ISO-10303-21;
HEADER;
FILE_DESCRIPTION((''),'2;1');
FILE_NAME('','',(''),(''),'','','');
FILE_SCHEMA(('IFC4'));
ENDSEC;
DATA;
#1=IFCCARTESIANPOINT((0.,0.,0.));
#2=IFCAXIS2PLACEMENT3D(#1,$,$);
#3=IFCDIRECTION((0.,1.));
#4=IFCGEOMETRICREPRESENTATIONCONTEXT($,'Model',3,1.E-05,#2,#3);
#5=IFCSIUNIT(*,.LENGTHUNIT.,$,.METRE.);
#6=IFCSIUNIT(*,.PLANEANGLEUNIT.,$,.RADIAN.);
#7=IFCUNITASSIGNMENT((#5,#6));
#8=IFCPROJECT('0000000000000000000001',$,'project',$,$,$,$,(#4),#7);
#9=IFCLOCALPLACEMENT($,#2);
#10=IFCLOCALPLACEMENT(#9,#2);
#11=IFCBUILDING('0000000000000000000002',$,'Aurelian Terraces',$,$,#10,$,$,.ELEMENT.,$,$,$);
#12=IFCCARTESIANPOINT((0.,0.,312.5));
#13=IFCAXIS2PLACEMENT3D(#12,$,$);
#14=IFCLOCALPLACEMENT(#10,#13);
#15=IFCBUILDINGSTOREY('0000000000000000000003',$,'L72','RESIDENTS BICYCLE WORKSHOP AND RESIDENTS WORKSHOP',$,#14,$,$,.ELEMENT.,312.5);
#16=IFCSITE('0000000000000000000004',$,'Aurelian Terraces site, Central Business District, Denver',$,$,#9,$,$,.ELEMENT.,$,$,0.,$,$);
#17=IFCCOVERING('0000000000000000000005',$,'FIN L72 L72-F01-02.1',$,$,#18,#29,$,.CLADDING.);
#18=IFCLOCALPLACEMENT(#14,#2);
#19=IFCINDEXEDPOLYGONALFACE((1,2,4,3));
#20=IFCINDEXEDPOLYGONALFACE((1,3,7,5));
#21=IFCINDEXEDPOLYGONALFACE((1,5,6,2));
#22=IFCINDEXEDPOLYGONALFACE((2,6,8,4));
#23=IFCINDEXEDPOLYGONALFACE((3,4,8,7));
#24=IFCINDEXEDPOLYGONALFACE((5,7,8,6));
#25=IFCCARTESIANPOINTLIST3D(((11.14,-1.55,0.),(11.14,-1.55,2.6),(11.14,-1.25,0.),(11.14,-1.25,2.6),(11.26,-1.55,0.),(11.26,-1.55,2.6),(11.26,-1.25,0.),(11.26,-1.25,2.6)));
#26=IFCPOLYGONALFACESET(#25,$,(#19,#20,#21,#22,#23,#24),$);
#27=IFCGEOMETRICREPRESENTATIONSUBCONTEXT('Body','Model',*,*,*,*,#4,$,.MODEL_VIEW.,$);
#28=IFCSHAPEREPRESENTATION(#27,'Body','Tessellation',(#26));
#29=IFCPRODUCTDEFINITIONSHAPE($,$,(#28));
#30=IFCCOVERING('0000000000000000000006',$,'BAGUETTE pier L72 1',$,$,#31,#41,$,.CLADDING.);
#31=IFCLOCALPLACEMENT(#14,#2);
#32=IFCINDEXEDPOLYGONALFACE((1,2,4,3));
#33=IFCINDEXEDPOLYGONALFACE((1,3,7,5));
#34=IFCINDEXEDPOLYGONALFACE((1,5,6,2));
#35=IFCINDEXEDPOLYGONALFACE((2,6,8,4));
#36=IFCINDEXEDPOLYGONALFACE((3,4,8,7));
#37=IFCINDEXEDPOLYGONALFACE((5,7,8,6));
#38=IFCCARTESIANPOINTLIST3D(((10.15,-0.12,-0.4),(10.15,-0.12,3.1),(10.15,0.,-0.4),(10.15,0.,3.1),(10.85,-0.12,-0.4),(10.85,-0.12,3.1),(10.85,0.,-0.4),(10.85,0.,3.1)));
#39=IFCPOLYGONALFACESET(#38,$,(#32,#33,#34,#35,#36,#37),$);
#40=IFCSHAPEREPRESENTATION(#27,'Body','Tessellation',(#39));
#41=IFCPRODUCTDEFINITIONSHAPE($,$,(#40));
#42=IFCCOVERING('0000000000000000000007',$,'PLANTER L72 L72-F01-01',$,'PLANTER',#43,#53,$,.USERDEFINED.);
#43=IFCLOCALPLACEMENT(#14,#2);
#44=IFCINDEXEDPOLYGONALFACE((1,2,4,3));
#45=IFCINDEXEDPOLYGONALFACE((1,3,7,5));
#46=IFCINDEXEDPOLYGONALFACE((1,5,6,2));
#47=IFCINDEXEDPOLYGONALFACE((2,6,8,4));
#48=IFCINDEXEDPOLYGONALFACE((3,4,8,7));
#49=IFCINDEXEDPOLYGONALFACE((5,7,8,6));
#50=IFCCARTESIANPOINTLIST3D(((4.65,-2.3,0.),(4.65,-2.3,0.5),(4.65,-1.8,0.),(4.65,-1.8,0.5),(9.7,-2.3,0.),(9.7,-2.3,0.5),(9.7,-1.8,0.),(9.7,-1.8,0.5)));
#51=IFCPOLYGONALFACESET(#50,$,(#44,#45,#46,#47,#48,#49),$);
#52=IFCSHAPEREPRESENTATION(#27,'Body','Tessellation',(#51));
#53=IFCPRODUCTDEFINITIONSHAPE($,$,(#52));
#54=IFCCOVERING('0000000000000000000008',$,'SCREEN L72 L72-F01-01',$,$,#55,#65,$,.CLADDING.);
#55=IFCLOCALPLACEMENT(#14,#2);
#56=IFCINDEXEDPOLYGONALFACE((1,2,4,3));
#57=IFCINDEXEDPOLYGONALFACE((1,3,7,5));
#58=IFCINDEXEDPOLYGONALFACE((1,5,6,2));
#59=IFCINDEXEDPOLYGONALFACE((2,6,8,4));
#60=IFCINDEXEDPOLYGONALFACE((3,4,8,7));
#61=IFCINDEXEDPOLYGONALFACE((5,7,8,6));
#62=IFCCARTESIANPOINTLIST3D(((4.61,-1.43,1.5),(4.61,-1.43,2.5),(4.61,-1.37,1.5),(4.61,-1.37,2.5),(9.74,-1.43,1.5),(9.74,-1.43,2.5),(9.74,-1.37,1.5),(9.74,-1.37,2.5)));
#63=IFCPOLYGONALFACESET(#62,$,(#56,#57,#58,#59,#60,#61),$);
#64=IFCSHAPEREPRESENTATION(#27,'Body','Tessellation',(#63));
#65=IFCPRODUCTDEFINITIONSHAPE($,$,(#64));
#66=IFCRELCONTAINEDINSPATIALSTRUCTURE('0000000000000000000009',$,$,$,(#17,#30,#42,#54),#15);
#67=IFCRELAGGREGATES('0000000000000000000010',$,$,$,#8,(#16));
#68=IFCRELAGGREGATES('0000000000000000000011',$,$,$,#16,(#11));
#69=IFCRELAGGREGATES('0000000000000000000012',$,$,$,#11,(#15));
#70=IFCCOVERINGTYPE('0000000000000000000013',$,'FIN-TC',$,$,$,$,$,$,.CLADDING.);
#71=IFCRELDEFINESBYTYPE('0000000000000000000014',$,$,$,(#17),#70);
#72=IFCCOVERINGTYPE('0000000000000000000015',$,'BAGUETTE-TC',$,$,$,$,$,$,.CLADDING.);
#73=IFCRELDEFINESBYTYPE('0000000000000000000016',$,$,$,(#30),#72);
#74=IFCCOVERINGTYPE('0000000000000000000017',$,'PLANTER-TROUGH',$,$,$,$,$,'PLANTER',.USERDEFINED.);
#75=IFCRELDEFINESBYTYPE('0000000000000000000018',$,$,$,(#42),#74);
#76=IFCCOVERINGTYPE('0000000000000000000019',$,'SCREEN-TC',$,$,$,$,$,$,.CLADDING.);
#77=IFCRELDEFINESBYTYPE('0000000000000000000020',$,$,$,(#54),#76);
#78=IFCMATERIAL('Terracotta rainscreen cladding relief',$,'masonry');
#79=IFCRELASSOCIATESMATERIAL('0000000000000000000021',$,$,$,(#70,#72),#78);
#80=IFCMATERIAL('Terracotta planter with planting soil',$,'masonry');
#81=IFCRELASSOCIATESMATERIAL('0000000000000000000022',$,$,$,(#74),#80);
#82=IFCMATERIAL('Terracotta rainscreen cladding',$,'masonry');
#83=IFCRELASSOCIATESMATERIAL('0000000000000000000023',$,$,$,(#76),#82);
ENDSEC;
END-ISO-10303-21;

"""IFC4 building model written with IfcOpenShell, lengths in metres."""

from ifc_helpers import new_model, si_unit, direction, frame, origin, origin_2d, place, context, subcontext, project, spatial, rectangle, extrude, source, transform, mapped, material, type_object, element, save


model = new_model("IFC4")

# Units and contexts
model_context = context("Model", 3, precision=1e-05, world=origin(), true_north=direction((0.0, 1.0)))
body_context = subcontext(model_context, "Body", "Model", "MODEL_VIEW")
ifc_project = project(units=[si_unit("LENGTHUNIT", "METRE"), si_unit("PLANEANGLEUNIT", "RADIAN")], contexts=[model_context])

# Site, building, storey
site_placement = place(None, origin())
site = spatial("IfcSite", under=ifc_project, at=site_placement, Name="Aurelian Terraces site, Central Business District, Denver", CompositionType="ELEMENT", RefElevation=0.0)
building_placement = place(site_placement, origin())
building = spatial("IfcBuilding", under=site, at=building_placement, Name="Aurelian Terraces", CompositionType="ELEMENT")
storey_placement = place(building_placement, frame((0.0, 0.0, 312.5)))
storey = spatial("IfcBuildingStorey", under=building, at=storey_placement, Name="L72", Description="RESIDENTS BICYCLE WORKSHOP AND RESIDENTS WORKSHOP", CompositionType="ELEMENT", Elevation=312.5)

# Shared definitions
ifc_material_1 = material(Name="Terracotta rainscreen cladding", Category="masonry")

# Coverings
ifc_material_2 = material(Name="Terracotta rainscreen cladding relief", Category="masonry")
covering_type_1 = type_object("IfcCoveringType", Name="FIN-TC", PredefinedType="CLADDING", material=ifc_material_2)
shared_shape_1 = source(origin(), body_context, "Body", "SweptSolid", [
    extrude(rectangle(XDim=0.12, YDim=0.3, at=origin_2d()), origin(), (0.0, 0.0, 1.0), 2.6),
])
for number, where, z_axis, x_axis, name in (
    (1, (11.2, -1.4, 0.0), (0.0, 0.0, 1.0), (1.0, 0.0, 0.0), "FIN L72 L72-F01-02.1"),
):
    element("IfcCovering", number, at=place(storey_placement, frame(where, z_axis=z_axis, x_axis=x_axis)), inside=storey, type_object=covering_type_1, Name=name, PredefinedType="CLADDING", context=body_context, shape_type="MappedRepresentation", body=[
        mapped(shared_shape_1, transform((0.0, 0.0, 0.0), scale=1.0)),
    ])
covering_type_2 = type_object("IfcCoveringType", Name="BAGUETTE-TC", PredefinedType="CLADDING", material=ifc_material_2)
shared_shape_2 = source(origin(), body_context, "Body", "SweptSolid", [
    extrude(rectangle(XDim=0.7, YDim=0.12, at=origin_2d()), origin(), (0.0, 0.0, 1.0), 3.5),
])
covering_1_placement = place(storey_placement, frame((10.5, -0.06, -0.4), z_axis=(0.0, 0.0, 1.0), x_axis=(1.0, 0.0, 0.0)))
element("IfcCovering", 2, at=covering_1_placement, inside=storey, type_object=covering_type_2, Name="BAGUETTE pier L72 1", PredefinedType="CLADDING", context=body_context, shape_type="MappedRepresentation", body=[
    mapped(shared_shape_2, transform((0.0, 0.0, 0.0), scale=1.0)),
])

# Coverings
ifc_material_3 = material(Name="Terracotta planter with planting soil", Category="masonry")
covering_type_3 = type_object("IfcCoveringType", Name="PLANTER-TROUGH", ElementType="PLANTER", PredefinedType="USERDEFINED", material=ifc_material_3)
shared_shape_3 = source(origin(), body_context, "Body", "SweptSolid", [
    extrude(rectangle(XDim=5.05, YDim=0.5, at=origin_2d()), origin(), (0.0, 0.0, 1.0), 0.5),
])
covering_2_placement = place(storey_placement, frame((7.175, -2.05, 0.0), z_axis=(0.0, 0.0, 1.0), x_axis=(1.0, 0.0, 0.0)))
element("IfcCovering", 3, at=covering_2_placement, inside=storey, type_object=covering_type_3, Name="PLANTER L72 L72-F01-01", ObjectType="PLANTER", PredefinedType="USERDEFINED", context=body_context, shape_type="MappedRepresentation", body=[
    mapped(shared_shape_3, transform((0.0, 0.0, 0.0), scale=1.0)),
])
covering_type_4 = type_object("IfcCoveringType", Name="SCREEN-TC", PredefinedType="CLADDING", material=ifc_material_1)
shared_shape_4 = source(origin(), body_context, "Body", "SweptSolid", [
    extrude(rectangle(XDim=5.13, YDim=0.06, at=origin_2d()), origin(), (0.0, 0.0, 1.0), 1.0),
])
covering_3_placement = place(storey_placement, frame((7.175, -1.4, 1.5), z_axis=(0.0, 0.0, 1.0), x_axis=(1.0, 0.0, 0.0)))
element("IfcCovering", 4, at=covering_3_placement, inside=storey, type_object=covering_type_4, Name="SCREEN L72 L72-F01-01", PredefinedType="CLADDING", context=body_context, shape_type="MappedRepresentation", body=[
    mapped(shared_shape_4, transform((0.0, 0.0, 0.0), scale=1.0)),
])

save(model, "model.ifc")
